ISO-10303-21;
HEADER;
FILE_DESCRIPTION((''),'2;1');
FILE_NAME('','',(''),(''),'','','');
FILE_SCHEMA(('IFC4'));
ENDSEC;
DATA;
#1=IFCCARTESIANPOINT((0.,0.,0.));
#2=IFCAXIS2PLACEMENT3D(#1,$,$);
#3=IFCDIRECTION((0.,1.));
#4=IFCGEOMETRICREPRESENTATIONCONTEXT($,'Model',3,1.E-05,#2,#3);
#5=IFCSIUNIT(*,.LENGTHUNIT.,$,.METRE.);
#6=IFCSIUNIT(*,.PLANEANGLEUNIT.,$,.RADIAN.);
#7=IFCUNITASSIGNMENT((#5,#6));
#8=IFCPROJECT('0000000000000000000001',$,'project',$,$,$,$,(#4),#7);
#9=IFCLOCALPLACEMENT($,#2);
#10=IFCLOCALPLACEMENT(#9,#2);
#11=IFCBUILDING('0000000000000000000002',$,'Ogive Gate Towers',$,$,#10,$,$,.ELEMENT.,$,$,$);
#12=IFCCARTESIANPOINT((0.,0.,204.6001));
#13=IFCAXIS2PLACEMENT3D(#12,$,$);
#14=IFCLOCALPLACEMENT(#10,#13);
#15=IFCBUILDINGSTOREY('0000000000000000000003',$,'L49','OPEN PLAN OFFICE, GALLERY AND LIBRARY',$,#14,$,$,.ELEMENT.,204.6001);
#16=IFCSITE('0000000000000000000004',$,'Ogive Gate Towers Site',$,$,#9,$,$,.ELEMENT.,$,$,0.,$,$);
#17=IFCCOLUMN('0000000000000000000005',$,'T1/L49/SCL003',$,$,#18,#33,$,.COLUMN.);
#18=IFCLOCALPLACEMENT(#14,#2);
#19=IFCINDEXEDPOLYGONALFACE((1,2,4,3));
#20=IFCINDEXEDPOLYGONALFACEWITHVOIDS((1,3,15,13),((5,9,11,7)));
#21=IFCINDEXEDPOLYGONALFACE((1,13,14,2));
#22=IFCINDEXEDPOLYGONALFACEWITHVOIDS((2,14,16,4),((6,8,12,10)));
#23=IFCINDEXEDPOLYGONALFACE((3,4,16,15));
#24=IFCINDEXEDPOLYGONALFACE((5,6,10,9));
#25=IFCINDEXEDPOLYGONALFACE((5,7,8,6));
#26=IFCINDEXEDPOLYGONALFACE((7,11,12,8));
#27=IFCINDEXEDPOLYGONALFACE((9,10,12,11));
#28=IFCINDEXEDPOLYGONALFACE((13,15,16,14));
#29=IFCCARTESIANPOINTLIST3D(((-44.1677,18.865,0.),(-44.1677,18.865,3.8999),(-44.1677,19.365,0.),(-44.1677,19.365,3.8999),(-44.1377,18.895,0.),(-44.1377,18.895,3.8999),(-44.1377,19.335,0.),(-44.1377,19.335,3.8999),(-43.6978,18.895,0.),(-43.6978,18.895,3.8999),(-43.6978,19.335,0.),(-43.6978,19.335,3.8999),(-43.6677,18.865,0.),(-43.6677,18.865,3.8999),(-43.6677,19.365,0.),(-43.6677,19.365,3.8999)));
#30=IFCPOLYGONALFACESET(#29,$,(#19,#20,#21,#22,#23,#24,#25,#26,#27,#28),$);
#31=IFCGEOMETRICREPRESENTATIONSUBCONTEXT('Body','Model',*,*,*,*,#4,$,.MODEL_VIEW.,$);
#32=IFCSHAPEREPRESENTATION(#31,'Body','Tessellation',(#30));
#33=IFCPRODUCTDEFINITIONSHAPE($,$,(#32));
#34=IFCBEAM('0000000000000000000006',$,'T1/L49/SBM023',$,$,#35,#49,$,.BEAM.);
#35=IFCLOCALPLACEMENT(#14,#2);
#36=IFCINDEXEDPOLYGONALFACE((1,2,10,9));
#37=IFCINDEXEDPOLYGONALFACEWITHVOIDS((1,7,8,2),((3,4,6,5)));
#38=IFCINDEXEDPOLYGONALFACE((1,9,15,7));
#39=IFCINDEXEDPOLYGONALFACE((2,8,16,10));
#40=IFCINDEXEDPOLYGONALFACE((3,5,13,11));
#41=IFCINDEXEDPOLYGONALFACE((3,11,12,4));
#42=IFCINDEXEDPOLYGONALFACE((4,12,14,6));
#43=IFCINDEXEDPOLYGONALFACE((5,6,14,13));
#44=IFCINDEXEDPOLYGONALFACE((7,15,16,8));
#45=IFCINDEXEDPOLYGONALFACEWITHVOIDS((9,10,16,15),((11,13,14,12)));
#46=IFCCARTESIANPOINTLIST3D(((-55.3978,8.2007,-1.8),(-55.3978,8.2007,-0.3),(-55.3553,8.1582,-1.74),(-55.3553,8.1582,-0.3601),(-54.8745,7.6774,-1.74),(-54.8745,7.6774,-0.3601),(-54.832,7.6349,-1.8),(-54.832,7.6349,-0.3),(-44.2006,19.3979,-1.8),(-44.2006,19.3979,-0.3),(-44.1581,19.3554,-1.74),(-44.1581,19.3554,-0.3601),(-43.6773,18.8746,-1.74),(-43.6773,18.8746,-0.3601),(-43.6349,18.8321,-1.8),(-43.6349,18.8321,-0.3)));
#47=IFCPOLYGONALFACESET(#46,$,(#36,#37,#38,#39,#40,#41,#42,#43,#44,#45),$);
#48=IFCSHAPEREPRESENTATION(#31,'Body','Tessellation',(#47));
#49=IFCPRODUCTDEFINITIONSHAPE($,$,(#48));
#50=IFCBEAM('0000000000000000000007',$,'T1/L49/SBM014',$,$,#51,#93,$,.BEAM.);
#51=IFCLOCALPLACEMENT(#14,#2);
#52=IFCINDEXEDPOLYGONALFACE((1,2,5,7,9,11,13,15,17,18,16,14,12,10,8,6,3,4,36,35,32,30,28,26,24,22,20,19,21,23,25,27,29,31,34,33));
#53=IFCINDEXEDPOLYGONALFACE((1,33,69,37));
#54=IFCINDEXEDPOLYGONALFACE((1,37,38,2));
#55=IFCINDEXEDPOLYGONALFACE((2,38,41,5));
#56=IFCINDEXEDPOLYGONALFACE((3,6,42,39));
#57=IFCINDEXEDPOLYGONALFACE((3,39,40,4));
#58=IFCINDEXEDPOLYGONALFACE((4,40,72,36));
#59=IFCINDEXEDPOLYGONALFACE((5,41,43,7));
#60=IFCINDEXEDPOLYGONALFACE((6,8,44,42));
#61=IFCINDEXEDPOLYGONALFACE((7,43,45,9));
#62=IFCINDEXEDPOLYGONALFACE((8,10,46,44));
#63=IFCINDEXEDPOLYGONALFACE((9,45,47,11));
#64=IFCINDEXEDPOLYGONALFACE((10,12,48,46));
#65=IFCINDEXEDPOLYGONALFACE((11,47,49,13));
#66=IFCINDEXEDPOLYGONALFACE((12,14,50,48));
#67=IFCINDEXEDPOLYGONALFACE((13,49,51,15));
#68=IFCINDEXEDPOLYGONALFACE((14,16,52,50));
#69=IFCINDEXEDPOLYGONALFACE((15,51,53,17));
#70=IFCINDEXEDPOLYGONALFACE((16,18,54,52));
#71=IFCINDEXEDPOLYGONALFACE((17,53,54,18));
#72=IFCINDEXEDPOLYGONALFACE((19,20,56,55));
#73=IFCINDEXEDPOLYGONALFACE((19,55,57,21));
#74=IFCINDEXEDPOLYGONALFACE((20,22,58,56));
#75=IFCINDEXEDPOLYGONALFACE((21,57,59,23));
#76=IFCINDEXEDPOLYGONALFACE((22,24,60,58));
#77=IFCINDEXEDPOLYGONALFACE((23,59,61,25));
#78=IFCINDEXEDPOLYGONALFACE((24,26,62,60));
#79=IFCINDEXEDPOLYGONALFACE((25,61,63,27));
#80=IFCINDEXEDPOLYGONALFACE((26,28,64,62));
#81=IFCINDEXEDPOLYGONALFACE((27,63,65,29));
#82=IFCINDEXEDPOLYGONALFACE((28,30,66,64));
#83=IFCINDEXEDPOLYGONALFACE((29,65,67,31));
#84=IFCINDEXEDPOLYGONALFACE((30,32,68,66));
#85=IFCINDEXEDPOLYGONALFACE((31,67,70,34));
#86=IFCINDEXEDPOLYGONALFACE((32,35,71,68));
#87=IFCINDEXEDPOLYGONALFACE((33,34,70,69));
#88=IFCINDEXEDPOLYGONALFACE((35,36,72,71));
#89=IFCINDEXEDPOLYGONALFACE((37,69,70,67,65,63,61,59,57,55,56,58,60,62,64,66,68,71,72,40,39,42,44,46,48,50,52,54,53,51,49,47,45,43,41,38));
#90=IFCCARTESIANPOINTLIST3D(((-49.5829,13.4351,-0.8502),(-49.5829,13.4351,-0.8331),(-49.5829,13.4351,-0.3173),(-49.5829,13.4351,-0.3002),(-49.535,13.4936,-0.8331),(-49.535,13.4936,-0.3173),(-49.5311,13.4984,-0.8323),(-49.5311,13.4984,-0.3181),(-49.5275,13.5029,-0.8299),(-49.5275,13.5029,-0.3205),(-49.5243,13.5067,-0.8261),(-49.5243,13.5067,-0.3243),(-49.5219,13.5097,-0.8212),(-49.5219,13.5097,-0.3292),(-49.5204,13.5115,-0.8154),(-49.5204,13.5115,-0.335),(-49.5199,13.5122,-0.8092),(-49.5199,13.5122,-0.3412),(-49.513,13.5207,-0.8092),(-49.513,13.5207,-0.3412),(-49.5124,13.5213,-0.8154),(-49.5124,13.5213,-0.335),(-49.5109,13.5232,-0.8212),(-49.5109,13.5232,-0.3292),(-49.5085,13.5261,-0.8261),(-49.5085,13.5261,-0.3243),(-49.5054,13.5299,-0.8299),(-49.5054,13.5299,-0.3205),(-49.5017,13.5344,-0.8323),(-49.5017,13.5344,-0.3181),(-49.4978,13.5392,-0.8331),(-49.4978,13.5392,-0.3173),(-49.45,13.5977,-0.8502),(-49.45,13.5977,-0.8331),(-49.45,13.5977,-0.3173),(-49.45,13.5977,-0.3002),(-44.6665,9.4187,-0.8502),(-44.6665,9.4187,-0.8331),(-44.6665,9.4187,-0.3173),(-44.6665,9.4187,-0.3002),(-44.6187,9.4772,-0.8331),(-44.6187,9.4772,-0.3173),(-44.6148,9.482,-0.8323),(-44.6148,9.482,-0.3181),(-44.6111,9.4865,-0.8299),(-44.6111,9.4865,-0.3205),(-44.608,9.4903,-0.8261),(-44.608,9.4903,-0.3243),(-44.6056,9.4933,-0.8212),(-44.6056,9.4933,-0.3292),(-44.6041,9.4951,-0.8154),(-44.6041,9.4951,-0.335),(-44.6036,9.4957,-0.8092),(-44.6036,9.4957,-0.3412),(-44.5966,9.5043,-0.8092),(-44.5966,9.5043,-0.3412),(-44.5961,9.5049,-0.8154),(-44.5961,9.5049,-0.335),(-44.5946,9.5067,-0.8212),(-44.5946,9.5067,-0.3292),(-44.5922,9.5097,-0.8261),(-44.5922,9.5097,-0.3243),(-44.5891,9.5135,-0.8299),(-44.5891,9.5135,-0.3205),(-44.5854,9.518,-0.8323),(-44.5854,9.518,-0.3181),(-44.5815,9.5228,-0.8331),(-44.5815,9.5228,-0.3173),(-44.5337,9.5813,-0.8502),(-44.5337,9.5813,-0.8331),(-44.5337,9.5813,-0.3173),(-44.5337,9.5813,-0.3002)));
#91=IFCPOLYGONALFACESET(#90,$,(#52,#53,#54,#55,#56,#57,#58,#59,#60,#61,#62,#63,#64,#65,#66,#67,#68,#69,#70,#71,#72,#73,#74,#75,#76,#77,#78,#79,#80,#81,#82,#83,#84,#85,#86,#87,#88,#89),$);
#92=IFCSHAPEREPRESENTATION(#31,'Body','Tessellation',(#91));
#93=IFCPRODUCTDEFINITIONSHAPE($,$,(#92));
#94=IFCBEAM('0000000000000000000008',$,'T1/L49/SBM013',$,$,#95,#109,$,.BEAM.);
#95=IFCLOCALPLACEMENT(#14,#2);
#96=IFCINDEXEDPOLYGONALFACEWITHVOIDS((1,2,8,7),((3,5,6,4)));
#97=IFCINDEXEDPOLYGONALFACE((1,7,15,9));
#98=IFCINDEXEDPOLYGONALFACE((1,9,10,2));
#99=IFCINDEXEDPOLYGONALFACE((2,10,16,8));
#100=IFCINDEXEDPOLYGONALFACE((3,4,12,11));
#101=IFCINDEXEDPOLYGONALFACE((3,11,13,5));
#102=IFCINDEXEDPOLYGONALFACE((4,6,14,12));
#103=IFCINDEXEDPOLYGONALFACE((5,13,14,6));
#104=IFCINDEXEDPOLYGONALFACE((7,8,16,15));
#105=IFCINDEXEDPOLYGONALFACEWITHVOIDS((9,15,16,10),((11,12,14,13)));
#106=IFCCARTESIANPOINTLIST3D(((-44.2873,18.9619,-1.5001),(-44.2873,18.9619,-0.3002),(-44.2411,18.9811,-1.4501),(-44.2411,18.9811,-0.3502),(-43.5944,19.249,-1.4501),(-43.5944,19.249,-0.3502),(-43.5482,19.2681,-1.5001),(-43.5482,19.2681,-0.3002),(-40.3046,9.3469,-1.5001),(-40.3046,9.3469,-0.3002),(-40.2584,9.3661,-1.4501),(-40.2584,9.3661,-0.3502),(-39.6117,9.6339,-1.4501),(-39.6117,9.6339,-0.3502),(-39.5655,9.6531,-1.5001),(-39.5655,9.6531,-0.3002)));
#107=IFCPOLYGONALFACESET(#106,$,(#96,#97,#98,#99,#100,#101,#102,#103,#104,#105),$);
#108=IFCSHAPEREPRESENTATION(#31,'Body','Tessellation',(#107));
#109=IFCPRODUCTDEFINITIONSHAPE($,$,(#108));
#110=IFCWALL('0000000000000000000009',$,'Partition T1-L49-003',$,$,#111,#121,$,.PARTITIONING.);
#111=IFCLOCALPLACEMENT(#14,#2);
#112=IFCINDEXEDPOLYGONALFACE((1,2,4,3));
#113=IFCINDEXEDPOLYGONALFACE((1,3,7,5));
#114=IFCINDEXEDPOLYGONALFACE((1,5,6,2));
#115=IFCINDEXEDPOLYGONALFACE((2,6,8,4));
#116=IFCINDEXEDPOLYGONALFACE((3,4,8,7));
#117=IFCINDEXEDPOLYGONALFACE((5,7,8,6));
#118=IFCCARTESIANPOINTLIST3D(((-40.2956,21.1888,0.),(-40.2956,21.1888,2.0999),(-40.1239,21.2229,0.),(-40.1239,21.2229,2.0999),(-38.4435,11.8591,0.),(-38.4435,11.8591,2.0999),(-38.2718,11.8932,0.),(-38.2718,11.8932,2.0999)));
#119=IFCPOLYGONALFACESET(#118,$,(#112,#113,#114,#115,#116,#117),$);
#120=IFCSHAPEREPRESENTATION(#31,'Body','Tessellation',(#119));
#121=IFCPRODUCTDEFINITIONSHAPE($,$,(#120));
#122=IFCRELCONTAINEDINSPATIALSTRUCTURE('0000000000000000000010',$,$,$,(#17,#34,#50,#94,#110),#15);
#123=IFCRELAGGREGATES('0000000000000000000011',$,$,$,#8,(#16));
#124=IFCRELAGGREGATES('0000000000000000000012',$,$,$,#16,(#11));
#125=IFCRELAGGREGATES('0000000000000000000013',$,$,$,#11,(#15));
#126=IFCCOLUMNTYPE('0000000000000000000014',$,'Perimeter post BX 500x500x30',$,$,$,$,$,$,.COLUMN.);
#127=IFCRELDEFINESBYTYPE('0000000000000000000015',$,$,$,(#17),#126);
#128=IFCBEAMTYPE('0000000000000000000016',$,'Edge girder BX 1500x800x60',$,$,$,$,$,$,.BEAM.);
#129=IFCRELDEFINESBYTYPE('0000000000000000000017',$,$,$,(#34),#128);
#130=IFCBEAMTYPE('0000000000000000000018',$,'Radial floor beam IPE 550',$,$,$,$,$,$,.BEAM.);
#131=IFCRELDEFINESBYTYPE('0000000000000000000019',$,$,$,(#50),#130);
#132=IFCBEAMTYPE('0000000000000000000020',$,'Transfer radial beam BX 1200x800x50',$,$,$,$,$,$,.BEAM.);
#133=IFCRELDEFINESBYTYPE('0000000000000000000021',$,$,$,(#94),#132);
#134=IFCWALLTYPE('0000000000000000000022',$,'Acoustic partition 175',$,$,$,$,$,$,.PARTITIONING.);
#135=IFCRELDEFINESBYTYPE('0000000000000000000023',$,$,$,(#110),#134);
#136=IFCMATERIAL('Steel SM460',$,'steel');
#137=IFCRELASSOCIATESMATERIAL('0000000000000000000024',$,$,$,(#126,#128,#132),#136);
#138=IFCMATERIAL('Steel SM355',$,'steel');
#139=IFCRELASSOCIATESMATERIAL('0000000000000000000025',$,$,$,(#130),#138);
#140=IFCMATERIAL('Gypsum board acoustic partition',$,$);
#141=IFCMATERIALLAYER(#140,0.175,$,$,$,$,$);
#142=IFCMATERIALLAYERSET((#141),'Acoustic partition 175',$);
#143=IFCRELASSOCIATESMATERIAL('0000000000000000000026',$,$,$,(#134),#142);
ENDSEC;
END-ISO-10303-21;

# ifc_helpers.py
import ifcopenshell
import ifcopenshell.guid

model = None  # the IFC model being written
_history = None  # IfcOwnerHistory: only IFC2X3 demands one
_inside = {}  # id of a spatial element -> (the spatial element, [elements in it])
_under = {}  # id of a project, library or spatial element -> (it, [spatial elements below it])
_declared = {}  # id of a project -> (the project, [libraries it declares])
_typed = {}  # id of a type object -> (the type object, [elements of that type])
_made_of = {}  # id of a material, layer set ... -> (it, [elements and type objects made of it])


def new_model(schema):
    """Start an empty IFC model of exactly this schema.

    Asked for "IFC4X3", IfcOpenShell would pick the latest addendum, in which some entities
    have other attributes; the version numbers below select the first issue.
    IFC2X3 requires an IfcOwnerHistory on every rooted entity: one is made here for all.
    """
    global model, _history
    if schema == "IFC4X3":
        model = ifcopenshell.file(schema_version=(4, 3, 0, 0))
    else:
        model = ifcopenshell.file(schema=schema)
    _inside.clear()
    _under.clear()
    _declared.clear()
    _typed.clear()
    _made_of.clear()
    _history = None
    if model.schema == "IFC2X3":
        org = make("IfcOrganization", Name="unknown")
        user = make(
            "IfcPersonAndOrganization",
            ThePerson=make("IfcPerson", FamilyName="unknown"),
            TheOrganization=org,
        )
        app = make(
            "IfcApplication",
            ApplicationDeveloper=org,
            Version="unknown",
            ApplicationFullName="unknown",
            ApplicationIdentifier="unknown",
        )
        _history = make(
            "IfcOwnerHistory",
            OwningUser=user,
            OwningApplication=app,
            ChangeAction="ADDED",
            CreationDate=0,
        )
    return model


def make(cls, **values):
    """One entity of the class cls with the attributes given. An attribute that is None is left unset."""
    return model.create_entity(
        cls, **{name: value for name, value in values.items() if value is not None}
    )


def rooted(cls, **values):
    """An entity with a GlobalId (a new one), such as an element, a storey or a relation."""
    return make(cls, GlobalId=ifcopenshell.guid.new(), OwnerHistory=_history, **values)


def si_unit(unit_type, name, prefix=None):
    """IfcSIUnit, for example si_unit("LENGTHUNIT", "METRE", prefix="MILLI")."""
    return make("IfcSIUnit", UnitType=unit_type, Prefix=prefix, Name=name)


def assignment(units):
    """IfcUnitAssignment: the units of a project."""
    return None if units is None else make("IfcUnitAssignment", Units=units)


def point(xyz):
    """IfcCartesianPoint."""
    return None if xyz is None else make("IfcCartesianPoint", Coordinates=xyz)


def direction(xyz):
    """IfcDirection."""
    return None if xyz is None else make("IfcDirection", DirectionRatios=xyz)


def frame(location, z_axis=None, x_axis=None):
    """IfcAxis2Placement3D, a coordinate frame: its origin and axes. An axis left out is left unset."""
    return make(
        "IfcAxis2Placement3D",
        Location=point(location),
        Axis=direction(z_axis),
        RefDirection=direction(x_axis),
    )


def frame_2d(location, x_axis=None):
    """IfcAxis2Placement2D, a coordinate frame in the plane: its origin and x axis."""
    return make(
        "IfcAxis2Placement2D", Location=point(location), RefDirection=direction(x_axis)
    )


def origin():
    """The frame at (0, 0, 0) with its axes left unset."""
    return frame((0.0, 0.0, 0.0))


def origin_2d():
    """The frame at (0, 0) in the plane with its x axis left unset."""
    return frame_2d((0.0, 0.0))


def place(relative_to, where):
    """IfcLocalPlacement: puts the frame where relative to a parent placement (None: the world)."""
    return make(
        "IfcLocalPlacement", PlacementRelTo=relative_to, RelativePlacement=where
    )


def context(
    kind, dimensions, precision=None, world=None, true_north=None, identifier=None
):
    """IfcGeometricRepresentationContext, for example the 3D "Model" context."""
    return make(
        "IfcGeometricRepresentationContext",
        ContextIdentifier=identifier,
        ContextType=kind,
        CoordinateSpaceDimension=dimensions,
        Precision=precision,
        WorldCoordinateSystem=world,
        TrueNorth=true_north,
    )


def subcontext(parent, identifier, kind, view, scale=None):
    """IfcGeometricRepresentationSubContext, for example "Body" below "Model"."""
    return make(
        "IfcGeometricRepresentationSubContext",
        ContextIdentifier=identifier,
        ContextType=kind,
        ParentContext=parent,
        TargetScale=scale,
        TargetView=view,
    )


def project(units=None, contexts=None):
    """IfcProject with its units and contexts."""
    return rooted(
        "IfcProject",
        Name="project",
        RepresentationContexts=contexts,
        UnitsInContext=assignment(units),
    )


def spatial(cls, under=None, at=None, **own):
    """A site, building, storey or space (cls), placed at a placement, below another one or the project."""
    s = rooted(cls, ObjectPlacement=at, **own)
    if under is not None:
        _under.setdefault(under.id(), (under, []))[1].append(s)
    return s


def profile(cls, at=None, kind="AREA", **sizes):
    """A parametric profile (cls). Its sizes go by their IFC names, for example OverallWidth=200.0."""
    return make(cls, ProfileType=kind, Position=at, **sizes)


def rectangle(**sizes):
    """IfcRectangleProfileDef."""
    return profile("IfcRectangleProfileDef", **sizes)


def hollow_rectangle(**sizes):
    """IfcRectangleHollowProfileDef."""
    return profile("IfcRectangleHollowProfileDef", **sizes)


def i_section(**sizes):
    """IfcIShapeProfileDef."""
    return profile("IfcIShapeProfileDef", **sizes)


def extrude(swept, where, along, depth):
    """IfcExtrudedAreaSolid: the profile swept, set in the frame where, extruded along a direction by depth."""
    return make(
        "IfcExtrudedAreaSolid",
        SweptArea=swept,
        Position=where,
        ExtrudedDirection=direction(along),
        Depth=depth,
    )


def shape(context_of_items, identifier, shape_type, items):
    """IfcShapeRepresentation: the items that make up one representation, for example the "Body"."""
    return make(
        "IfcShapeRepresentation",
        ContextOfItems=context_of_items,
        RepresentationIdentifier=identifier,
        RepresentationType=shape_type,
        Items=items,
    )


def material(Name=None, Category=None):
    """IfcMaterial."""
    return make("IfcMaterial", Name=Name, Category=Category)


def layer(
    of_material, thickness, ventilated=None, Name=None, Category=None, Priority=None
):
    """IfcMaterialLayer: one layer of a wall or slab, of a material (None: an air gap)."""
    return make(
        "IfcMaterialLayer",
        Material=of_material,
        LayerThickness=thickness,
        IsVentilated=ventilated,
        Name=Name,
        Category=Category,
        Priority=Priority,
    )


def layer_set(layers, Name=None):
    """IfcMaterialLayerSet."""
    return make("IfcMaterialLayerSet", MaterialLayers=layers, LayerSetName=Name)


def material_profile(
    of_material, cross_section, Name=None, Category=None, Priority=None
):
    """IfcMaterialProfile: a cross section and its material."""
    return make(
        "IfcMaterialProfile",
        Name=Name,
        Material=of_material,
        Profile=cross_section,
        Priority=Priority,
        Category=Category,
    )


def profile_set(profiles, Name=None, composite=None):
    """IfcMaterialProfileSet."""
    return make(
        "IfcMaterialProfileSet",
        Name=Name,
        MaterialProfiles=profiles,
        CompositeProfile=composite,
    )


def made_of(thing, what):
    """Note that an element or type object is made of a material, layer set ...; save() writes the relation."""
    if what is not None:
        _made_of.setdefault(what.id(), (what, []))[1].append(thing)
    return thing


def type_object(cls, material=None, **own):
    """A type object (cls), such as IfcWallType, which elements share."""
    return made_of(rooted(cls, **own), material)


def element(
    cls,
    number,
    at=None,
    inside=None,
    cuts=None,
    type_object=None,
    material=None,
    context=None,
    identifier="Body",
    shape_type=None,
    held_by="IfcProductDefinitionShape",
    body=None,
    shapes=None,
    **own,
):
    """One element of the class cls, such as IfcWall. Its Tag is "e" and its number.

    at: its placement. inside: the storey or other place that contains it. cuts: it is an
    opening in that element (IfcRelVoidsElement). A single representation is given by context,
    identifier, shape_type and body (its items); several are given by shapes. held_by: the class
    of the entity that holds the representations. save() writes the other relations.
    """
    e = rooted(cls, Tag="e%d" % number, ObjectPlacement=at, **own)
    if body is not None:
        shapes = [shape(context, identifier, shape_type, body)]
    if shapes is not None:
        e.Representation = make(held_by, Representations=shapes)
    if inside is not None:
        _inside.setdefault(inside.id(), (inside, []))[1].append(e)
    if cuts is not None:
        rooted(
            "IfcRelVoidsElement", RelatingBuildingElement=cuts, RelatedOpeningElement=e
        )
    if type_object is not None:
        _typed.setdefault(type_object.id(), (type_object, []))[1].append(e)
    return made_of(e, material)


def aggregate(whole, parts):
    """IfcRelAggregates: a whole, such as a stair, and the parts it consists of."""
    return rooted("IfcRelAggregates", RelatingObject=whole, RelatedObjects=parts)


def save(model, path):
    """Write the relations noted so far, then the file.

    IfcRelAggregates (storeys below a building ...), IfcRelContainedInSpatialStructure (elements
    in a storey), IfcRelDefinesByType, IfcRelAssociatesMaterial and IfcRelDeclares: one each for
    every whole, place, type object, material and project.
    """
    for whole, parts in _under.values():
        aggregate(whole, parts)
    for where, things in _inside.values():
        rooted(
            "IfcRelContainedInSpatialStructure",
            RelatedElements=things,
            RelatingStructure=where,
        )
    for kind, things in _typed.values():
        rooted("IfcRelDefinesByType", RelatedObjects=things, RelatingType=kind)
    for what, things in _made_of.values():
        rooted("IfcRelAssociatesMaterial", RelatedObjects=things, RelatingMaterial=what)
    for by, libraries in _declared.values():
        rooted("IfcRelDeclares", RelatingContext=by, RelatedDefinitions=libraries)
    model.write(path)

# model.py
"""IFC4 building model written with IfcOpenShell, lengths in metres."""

from ifc_helpers import new_model, si_unit, direction, frame, frame_2d, origin, origin_2d, place, context, subcontext, project, spatial, rectangle, hollow_rectangle, i_section, extrude, material, layer, layer_set, material_profile, profile_set, type_object, element, save


model = new_model("IFC4")

# Units and contexts
model_context = context("Model", 3, precision=1e-05, world=origin(), true_north=direction((0.0, 1.0)))
body_context = subcontext(model_context, "Body", "Model", "MODEL_VIEW")
ifc_project = project(units=[si_unit("LENGTHUNIT", "METRE"), si_unit("PLANEANGLEUNIT", "RADIAN")], contexts=[model_context])

# Site, building, storey
site_placement = place(None, origin())
site = spatial("IfcSite", under=ifc_project, at=site_placement, Name="Ogive Gate Towers Site", CompositionType="ELEMENT", RefElevation=0.0)
building_placement = place(site_placement, origin())
building = spatial("IfcBuilding", under=site, at=building_placement, Name="Ogive Gate Towers", CompositionType="ELEMENT")
storey_placement = place(building_placement, frame((0.0, 0.0, 204.6001)))
storey = spatial("IfcBuildingStorey", under=building, at=storey_placement, Name="L49", Description="OPEN PLAN OFFICE, GALLERY AND LIBRARY", CompositionType="ELEMENT", Elevation=204.6001)

# Column
ifc_material_1 = material(Name="Steel SM460", Category="steel")
ifc_material_profile_1 = material_profile(ifc_material_1, hollow_rectangle(XDim=0.5, YDim=0.5, WallThickness=0.03, at=origin_2d()), Name="BX 500x500x30")
ifc_profile_set_1 = profile_set([ifc_material_profile_1], Name="Steel SM460")
column_type = type_object("IfcColumnType", Name="Perimeter post BX 500x500x30", PredefinedType="COLUMN", material=ifc_profile_set_1)
column_placement = place(storey_placement, frame((-43.9177, 19.115, 0.0), z_axis=(0.0, 0.0, 1.0), x_axis=(1.0, 0.0, 0.0)))
element("IfcColumn", 1, at=column_placement, inside=storey, type_object=column_type, Name="T1/L49/SCL003", PredefinedType="COLUMN", context=body_context, shape_type="SweptSolid", body=[
    extrude(hollow_rectangle(XDim=0.5, YDim=0.5, WallThickness=0.03, at=origin_2d()), origin(), (0.0, 0.0, 1.0), 3.8999),
])

# Beams
ifc_material_profile_2 = material_profile(ifc_material_1, hollow_rectangle(XDim=0.8, YDim=1.5, WallThickness=0.0601, at=origin_2d()), Name="BX 1500x800x60")
ifc_profile_set_2 = profile_set([ifc_material_profile_2], Name="Steel SM460")
beam_type_1 = type_object("IfcBeamType", Name="Edge girder BX 1500x800x60", PredefinedType="BEAM", material=ifc_profile_set_2)
beam_1_placement = place(storey_placement, frame((-43.9177, 19.115, -1.05), z_axis=(-0.707107, -0.707107, 0.0), x_axis=(0.707107, -0.707107, 0.0)))
element("IfcBeam", 2, at=beam_1_placement, inside=storey, type_object=beam_type_1, Name="T1/L49/SBM023", PredefinedType="BEAM", context=body_context, shape_type="SweptSolid", body=[
    extrude(hollow_rectangle(XDim=0.8, YDim=1.5, WallThickness=0.0601, at=origin_2d()), origin(), (0.0, 0.0, 1.0), 15.8352),
])
ifc_material_2 = material(Name="Steel SM355", Category="steel")
ifc_material_profile_3 = material_profile(ifc_material_2, i_section(OverallWidth=0.21, OverallDepth=0.55, WebThickness=0.011, FlangeThickness=0.0171, FilletRadius=0.0239, at=origin_2d()), Name="IPE 550")
ifc_profile_set_3 = profile_set([ifc_material_profile_3], Name="Steel SM355")
beam_type_2 = type_object("IfcBeamType", Name="Radial floor beam IPE 550", PredefinedType="BEAM", material=ifc_profile_set_3)
beam_2_placement = place(storey_placement, frame((-44.6001, 9.5, -0.5752), z_axis=(-0.774423, 0.632668, 0.0), x_axis=(-0.632668, -0.774423, 0.0)))
element("IfcBeam", 3, at=beam_2_placement, inside=storey, type_object=beam_type_2, Name="T1/L49/SBM014", PredefinedType="BEAM", context=body_context, shape_type="SweptSolid", body=[
    extrude(i_section(OverallWidth=0.21, OverallDepth=0.55, WebThickness=0.011, FlangeThickness=0.0171, FilletRadius=0.0239, at=origin_2d()), origin(), (0.0, 0.0, 1.0), 6.3484),
])
ifc_material_profile_4 = material_profile(ifc_material_1, hollow_rectangle(XDim=0.8, YDim=1.2, WallThickness=0.05, at=origin_2d()), Name="BX 1200x800x50")
ifc_profile_set_4 = profile_set([ifc_material_profile_4], Name="Steel SM460")
beam_type_3 = type_object("IfcBeamType", Name="Transfer radial beam BX 1200x800x50", PredefinedType="BEAM", material=ifc_profile_set_4)
beam_3_placement = place(storey_placement, frame((-39.9351, 9.5, -0.9001), z_axis=(-0.382684, 0.923879, 0.0), x_axis=(-0.923879, -0.382684, 0.0)))
element("IfcBeam", 4, at=beam_3_placement, inside=storey, type_object=beam_type_3, Name="T1/L49/SBM013", PredefinedType="BEAM", context=body_context, shape_type="SweptSolid", body=[
    extrude(hollow_rectangle(XDim=0.8, YDim=1.2, WallThickness=0.05, at=origin_2d()), origin(), (0.0, 0.0, 1.0), 10.4072),
])

# Wall
ifc_material_3 = material(Name="Gypsum board acoustic partition")
ifc_layer_1 = layer(ifc_material_3, 0.175)
ifc_layer_set_1 = layer_set([ifc_layer_1], Name="Acoustic partition 175")
wall_type_1 = type_object("IfcWallType", Name="Acoustic partition 175", PredefinedType="PARTITIONING", material=ifc_layer_set_1)
wall_1_placement = place(storey_placement, frame((-40.2097, 21.2058, 0.0), z_axis=(0.0, 0.0, 1.0), x_axis=(0.194714, -0.98086, 0.0)))
element("IfcWall", 5, at=wall_1_placement, inside=storey, type_object=wall_type_1, Name="Partition T1-L49-003", PredefinedType="PARTITIONING", context=body_context, shape_type="SweptSolid", body=[
    extrude(rectangle(XDim=9.5117, YDim=0.175, at=frame_2d((4.7559, 0.0))), origin(), (0.0, 0.0, 1.0), 2.0999),
])

save(model, "model.ifc")
